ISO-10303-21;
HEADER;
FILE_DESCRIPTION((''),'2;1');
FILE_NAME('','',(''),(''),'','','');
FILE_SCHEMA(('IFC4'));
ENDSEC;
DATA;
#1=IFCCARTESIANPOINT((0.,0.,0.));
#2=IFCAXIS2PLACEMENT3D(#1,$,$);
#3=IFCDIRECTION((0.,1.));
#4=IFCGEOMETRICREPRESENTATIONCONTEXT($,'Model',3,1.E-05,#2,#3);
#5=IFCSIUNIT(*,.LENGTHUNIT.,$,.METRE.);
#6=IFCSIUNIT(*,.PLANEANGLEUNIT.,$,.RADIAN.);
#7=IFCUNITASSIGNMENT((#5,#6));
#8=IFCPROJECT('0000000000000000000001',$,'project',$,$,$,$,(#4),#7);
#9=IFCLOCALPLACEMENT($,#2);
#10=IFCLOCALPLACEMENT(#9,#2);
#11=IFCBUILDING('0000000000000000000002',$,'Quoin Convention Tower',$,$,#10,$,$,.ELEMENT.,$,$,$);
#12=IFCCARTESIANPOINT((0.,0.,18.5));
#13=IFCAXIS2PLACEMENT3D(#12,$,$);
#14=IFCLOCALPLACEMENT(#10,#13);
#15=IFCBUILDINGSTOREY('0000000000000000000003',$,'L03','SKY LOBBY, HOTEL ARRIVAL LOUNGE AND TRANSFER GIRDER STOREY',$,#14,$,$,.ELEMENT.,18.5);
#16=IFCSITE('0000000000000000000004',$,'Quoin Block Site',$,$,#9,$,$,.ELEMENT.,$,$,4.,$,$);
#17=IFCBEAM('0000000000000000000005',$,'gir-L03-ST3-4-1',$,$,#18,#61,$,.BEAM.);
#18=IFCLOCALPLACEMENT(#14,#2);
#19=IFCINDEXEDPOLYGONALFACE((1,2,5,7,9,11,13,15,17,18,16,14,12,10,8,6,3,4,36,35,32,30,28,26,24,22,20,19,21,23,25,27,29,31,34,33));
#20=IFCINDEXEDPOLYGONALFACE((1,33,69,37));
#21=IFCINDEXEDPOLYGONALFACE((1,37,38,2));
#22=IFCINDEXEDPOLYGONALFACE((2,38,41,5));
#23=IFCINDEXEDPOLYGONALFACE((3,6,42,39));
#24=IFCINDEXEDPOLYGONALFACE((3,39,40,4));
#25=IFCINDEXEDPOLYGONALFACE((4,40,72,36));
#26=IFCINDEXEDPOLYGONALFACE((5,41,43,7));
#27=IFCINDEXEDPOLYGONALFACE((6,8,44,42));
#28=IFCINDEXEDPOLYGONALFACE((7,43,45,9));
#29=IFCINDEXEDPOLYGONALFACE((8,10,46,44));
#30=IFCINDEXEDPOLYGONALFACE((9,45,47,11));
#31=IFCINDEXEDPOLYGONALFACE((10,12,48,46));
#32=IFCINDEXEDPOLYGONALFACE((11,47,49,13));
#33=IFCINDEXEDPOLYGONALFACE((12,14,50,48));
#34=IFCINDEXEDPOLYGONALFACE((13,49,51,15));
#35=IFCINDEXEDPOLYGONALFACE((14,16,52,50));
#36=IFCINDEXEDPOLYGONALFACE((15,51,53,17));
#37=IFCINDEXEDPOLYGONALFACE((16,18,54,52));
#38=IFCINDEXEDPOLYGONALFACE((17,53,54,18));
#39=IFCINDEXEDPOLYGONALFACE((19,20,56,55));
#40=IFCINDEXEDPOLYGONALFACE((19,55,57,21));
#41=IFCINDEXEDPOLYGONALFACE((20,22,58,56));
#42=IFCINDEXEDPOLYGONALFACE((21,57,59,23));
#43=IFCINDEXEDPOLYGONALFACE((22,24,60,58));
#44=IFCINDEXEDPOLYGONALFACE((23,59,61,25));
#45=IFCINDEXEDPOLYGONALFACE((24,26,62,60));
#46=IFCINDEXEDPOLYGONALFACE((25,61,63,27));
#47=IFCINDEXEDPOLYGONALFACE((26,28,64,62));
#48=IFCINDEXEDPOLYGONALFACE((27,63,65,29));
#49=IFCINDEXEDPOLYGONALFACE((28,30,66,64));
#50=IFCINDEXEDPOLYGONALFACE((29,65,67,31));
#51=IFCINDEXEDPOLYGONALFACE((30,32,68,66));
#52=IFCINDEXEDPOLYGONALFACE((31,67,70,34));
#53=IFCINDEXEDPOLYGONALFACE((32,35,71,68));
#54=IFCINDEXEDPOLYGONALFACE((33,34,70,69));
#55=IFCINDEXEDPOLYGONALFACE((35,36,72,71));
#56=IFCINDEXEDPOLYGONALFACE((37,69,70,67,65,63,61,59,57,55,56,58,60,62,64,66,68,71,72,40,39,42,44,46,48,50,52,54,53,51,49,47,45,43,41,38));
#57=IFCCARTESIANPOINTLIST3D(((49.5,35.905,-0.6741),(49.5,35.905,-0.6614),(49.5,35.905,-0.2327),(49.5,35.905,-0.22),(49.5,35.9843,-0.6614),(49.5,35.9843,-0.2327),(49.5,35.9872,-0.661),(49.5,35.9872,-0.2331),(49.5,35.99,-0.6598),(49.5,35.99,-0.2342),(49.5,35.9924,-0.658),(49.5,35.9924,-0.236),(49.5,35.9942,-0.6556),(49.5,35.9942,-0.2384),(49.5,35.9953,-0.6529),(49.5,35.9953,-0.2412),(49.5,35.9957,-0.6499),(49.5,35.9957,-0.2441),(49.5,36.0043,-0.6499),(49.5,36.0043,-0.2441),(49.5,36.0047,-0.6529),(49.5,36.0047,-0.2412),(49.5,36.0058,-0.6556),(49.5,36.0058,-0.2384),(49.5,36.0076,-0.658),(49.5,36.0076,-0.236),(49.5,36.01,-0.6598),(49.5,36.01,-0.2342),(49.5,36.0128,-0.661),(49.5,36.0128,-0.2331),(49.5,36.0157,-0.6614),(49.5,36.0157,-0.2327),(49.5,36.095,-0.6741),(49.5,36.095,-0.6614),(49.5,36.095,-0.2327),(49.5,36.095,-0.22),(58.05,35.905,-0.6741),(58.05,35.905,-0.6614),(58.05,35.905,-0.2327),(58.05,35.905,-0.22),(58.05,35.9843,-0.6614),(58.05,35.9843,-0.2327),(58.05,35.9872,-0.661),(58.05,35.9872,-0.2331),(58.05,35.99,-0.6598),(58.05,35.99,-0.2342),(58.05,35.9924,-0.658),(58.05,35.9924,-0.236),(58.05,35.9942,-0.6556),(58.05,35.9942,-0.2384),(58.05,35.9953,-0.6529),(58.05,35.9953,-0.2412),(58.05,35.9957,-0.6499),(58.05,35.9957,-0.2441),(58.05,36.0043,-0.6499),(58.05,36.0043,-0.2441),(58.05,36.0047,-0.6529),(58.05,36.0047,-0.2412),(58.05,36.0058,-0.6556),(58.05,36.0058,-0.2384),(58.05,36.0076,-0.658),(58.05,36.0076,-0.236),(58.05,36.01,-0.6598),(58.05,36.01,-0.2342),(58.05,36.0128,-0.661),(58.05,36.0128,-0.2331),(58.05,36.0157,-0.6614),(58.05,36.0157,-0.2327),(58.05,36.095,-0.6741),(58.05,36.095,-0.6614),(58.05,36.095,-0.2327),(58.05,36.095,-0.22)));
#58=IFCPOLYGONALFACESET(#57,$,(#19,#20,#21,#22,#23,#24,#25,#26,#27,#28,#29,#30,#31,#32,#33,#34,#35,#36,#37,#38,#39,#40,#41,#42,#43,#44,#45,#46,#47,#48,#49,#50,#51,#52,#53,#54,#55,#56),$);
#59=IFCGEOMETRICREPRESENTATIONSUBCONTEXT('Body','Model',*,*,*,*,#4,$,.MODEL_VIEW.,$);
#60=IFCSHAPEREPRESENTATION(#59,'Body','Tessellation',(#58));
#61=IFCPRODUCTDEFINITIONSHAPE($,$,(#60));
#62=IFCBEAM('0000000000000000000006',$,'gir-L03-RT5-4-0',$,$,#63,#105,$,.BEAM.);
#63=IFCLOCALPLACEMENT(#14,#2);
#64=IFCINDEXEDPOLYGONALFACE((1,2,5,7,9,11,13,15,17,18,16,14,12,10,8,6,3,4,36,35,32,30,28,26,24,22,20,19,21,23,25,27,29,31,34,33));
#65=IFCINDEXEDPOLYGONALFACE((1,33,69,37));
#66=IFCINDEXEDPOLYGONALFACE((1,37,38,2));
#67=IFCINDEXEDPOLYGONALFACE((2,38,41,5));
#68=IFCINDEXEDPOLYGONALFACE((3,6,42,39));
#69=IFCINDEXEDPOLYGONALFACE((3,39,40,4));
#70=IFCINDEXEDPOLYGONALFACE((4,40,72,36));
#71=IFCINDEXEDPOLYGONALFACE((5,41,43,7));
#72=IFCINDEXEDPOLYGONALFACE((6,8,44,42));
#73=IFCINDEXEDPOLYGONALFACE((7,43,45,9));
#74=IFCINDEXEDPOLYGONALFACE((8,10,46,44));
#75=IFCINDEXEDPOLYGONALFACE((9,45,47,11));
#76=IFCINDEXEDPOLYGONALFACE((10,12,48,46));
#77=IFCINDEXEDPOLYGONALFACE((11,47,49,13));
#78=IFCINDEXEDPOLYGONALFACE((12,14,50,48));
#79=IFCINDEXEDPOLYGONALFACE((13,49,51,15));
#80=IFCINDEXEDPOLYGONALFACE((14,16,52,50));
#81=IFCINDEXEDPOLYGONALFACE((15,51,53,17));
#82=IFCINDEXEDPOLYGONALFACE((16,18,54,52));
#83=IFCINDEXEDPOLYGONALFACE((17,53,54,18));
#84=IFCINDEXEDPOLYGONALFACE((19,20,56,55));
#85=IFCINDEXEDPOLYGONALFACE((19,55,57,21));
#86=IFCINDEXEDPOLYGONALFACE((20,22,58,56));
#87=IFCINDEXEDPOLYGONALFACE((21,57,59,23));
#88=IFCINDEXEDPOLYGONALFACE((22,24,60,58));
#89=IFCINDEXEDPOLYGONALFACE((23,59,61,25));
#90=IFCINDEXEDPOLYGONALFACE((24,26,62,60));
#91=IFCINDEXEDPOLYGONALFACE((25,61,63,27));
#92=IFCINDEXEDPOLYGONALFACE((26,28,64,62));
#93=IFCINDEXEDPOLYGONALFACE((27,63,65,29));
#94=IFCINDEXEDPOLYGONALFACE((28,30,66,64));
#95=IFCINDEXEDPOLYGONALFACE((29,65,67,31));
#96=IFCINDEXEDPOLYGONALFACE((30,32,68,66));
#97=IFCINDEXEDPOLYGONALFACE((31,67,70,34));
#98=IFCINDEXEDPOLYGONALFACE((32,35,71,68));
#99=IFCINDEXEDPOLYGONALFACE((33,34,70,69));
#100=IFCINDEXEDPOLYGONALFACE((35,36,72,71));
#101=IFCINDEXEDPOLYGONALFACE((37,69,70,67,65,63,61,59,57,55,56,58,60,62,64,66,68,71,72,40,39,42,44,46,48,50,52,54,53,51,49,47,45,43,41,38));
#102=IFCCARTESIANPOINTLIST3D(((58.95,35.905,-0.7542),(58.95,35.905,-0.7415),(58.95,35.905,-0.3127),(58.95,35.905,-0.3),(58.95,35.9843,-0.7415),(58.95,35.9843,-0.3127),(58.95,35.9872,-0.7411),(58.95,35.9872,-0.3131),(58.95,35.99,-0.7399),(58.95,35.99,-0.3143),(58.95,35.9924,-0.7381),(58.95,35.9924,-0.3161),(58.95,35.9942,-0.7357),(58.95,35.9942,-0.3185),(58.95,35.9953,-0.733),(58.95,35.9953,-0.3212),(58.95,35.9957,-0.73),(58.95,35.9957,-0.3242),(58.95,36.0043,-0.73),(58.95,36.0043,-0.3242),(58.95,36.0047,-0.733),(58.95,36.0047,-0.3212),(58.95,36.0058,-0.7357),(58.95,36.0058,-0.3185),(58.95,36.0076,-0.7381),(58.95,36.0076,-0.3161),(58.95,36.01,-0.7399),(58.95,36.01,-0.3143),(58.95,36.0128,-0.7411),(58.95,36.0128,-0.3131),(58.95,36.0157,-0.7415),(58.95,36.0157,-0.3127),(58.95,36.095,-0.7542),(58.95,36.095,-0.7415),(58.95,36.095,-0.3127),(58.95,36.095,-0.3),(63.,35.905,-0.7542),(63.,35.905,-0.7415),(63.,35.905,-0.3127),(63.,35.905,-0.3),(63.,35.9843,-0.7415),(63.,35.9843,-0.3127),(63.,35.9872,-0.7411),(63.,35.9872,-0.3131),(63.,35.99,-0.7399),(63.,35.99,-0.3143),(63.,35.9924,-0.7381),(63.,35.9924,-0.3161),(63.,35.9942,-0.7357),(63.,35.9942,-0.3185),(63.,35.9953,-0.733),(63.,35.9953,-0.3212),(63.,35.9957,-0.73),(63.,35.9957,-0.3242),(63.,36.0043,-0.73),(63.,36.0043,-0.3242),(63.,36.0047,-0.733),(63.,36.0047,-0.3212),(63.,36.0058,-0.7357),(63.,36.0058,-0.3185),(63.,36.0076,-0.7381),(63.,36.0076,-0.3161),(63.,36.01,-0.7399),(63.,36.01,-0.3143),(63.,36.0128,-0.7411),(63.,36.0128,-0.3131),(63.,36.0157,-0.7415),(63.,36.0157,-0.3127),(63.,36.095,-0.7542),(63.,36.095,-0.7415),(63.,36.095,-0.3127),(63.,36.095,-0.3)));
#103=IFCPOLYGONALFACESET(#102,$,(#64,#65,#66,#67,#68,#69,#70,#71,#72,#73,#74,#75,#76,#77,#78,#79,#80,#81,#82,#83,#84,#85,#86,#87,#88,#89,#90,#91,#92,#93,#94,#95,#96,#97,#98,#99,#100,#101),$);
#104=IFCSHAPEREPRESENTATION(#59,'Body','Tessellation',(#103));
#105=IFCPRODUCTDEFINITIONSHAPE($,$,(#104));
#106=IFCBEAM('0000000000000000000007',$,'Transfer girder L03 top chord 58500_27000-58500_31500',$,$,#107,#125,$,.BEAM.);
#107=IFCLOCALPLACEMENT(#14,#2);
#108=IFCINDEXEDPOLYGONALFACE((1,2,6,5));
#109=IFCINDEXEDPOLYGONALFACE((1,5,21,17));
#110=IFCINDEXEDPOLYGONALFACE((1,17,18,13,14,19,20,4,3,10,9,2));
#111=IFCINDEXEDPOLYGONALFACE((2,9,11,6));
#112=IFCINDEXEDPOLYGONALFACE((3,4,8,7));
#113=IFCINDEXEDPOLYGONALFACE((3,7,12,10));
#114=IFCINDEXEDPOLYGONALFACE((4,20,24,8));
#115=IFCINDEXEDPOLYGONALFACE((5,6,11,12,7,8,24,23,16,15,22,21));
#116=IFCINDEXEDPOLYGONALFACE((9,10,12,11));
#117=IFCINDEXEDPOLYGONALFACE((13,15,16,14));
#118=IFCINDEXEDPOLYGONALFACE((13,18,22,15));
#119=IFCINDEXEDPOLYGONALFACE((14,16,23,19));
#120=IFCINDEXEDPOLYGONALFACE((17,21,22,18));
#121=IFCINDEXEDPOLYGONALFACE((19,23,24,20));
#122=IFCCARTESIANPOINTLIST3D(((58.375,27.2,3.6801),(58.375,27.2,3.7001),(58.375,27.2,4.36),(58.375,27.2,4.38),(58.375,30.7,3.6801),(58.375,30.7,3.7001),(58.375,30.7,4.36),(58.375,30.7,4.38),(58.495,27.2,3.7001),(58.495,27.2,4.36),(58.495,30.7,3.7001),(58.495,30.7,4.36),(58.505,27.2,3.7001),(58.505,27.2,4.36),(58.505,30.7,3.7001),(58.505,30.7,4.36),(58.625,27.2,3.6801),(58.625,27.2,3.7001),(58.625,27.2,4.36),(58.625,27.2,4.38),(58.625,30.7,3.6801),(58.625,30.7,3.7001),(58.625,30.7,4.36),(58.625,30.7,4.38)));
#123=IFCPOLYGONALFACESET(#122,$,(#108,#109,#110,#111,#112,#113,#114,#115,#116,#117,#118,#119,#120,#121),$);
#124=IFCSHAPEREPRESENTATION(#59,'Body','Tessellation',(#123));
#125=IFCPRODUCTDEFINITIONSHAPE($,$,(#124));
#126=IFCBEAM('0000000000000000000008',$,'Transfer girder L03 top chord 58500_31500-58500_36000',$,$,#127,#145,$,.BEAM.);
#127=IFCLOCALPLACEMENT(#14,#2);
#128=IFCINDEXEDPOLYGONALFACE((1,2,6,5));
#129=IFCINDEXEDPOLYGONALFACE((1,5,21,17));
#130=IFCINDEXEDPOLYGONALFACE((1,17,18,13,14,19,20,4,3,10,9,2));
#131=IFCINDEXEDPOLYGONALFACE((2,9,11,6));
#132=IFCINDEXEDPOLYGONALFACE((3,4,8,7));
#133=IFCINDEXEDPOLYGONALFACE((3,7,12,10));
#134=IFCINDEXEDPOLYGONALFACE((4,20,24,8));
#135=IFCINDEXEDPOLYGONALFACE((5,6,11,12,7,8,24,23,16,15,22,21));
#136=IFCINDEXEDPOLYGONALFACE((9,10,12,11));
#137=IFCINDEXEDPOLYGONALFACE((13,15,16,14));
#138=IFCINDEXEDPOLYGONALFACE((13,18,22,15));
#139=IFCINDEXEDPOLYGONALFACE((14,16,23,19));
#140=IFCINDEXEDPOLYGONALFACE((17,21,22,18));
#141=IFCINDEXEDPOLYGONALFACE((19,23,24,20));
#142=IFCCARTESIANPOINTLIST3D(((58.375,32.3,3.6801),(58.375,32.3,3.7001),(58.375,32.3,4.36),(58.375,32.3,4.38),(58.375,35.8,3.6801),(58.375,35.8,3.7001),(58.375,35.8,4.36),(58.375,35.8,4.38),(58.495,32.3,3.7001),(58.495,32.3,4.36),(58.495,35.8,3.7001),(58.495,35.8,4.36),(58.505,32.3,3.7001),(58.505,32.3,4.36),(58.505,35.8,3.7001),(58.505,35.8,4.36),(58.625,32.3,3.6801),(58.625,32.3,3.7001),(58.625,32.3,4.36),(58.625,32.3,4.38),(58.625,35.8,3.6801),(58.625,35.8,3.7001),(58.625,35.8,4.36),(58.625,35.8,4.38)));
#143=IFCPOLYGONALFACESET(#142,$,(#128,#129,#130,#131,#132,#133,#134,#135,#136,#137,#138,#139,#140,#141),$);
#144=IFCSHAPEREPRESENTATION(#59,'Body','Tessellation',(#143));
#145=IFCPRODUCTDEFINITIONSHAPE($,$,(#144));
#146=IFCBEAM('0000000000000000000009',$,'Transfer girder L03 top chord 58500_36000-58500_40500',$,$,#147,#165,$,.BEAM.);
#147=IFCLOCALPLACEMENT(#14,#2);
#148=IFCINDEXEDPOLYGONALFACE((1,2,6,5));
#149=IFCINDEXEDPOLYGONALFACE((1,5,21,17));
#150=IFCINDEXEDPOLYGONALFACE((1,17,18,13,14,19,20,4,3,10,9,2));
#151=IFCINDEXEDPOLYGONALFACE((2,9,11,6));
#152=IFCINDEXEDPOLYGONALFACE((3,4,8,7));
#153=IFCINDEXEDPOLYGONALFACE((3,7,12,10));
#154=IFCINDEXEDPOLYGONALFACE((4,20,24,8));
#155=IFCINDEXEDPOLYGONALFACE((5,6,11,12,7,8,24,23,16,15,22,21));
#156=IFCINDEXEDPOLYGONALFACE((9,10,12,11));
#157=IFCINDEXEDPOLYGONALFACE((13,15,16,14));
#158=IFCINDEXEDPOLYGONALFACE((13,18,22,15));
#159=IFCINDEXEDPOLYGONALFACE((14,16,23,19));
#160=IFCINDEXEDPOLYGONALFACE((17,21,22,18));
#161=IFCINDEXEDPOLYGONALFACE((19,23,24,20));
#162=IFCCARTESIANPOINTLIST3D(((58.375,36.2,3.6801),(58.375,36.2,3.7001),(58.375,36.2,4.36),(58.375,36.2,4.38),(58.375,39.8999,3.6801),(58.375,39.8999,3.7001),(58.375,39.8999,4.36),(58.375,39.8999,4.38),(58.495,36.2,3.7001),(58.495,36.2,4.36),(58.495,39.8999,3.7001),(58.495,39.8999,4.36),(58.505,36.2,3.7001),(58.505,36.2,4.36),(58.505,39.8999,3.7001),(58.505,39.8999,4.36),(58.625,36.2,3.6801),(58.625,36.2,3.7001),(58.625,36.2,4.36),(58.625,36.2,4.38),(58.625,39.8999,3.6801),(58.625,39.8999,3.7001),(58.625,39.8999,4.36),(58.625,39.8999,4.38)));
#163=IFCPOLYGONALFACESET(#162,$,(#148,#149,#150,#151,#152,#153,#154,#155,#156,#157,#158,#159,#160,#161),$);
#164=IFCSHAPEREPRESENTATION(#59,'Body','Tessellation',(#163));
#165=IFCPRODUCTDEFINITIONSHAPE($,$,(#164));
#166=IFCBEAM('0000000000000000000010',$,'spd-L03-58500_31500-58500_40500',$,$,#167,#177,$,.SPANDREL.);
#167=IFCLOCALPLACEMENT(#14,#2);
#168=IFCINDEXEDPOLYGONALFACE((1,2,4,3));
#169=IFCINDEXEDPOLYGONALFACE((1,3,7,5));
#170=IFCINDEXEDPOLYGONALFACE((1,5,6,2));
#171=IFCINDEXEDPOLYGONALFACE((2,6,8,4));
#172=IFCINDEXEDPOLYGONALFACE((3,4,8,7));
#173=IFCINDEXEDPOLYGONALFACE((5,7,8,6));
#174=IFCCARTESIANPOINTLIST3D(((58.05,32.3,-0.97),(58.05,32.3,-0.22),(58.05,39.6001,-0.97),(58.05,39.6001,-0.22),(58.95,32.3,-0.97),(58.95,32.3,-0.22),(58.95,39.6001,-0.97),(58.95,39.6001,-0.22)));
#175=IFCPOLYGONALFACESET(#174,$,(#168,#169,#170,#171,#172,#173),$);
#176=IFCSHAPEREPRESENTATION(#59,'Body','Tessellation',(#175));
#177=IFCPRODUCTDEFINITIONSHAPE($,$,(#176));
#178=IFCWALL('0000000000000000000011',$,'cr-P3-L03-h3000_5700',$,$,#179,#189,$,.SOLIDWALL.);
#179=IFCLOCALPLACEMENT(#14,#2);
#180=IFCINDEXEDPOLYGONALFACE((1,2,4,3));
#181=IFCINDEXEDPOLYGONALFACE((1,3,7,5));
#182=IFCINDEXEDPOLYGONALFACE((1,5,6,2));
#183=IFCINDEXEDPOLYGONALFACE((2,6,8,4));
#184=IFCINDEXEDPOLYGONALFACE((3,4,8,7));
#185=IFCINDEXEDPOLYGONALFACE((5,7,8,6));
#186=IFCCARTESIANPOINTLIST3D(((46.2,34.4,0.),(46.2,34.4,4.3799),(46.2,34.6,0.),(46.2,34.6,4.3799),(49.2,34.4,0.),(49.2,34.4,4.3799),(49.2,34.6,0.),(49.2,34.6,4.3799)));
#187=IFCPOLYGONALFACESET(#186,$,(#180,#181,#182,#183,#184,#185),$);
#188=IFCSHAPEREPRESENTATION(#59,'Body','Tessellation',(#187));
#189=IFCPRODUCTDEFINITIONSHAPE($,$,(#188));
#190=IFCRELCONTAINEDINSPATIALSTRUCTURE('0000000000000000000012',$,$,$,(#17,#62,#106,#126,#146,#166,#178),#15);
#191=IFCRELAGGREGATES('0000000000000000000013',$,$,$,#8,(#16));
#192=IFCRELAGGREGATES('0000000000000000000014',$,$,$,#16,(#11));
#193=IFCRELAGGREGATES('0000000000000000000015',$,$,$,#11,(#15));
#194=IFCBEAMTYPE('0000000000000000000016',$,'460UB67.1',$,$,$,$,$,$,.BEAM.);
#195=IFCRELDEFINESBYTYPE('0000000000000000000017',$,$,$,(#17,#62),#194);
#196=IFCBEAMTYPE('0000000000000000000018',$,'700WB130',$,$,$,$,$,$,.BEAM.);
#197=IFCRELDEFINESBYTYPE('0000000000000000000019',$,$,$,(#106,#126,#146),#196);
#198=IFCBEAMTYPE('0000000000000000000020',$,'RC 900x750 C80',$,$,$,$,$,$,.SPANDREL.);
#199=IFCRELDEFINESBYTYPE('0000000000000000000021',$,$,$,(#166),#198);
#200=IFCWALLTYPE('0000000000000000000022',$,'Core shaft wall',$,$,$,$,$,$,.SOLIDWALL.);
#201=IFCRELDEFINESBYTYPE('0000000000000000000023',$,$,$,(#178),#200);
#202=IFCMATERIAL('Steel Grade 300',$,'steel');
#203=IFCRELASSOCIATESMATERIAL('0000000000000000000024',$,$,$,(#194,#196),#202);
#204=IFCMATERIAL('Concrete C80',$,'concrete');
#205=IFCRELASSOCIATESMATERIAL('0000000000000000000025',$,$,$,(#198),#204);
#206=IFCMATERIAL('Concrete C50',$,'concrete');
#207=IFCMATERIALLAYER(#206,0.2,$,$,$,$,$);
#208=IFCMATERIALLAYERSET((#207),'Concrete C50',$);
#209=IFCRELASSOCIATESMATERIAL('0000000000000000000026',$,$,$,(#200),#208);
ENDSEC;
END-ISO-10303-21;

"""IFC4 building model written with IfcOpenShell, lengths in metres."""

from ifc_helpers import new_model, si_unit, direction, frame, frame_2d, origin, origin_2d, place, context, subcontext, project, spatial, rectangle, i_section, extrude, material, layer, layer_set, material_profile, profile_set, type_object, element, save


model = new_model("IFC4")

# Units and contexts
model_context = context("Model", 3, precision=1e-05, world=origin(), true_north=direction((0.0, 1.0)))
body_context = subcontext(model_context, "Body", "Model", "MODEL_VIEW")
ifc_project = project(units=[si_unit("LENGTHUNIT", "METRE"), si_unit("PLANEANGLEUNIT", "RADIAN")], contexts=[model_context])

# Site, building, storey
site_placement = place(None, origin())
site = spatial("IfcSite", under=ifc_project, at=site_placement, Name="Quoin Block Site", CompositionType="ELEMENT", RefElevation=4.0)
building_placement = place(site_placement, origin())
building = spatial("IfcBuilding", under=site, at=building_placement, Name="Quoin Convention Tower", CompositionType="ELEMENT")
storey_placement = place(building_placement, frame((0.0, 0.0, 18.5)))
storey = spatial("IfcBuildingStorey", under=building, at=storey_placement, Name="L03", Description="SKY LOBBY, HOTEL ARRIVAL LOUNGE AND TRANSFER GIRDER STOREY", CompositionType="ELEMENT", Elevation=18.5)

# Shared definitions
ifc_material_1 = material(Name="Concrete C80", Category="concrete")

# Shared definitions
ifc_material_2 = material(Name="Steel Grade 300", Category="steel")

# Beams
ifc_material_profile_1 = material_profile(ifc_material_2, i_section(OverallWidth=0.1899, OverallDepth=0.4541, WebThickness=0.0085, FlangeThickness=0.0127, FilletRadius=0.0115, at=origin_2d()), Name="460UB67.1")
ifc_profile_set_1 = profile_set([ifc_material_profile_1], Name="Steel Grade 300")
beam_type_1 = type_object("IfcBeamType", Name="460UB67.1", PredefinedType="BEAM", material=ifc_profile_set_1)
beam_1_placement = place(storey_placement, frame((49.5, 36.0, -0.447), z_axis=(1.0, 0.0, 0.0), x_axis=(0.0, 1.0, 0.0)))
element("IfcBeam", 1, at=beam_1_placement, inside=storey, type_object=beam_type_1, Name="gir-L03-ST3-4-1", PredefinedType="BEAM", context=body_context, shape_type="SweptSolid", body=[
    extrude(i_section(OverallWidth=0.1899, OverallDepth=0.4541, WebThickness=0.0085, FlangeThickness=0.0127, FilletRadius=0.0115, at=origin_2d()), origin(), (0.0, 0.0, 1.0), 8.55),
])
beam_2_placement = place(storey_placement, frame((58.95, 36.0, -0.5271), z_axis=(1.0, 0.0, 0.0), x_axis=(0.0, 1.0, 0.0)))
element("IfcBeam", 2, at=beam_2_placement, inside=storey, type_object=beam_type_1, Name="gir-L03-RT5-4-0", PredefinedType="BEAM", context=body_context, shape_type="SweptSolid", body=[
    extrude(i_section(OverallWidth=0.1899, OverallDepth=0.4541, WebThickness=0.0085, FlangeThickness=0.0127, FilletRadius=0.0115, at=origin_2d()), origin(), (0.0, 0.0, 1.0), 4.05),
])
ifc_material_profile_2 = material_profile(ifc_material_2, i_section(OverallWidth=0.25, OverallDepth=0.7, WebThickness=0.01, FlangeThickness=0.02, at=origin_2d()), Name="700WB130")
ifc_profile_set_2 = profile_set([ifc_material_profile_2], Name="Steel Grade 300")
beam_type_2 = type_object("IfcBeamType", Name="700WB130", PredefinedType="BEAM", material=ifc_profile_set_2)
for number, where, z_axis, x_axis, name in (
    (3, (58.5, 27.2, 4.03), (0.0, 1.0, 0.0), (-1.0, 0.0, 0.0), "Transfer girder L03 top chord 58500_27000-58500_31500"),
    (4, (58.5, 32.3, 4.03), (0.0, 1.0, 0.0), (-1.0, 0.0, 0.0), "Transfer girder L03 top chord 58500_31500-58500_36000"),
):
    element("IfcBeam", number, at=place(storey_placement, frame(where, z_axis=z_axis, x_axis=x_axis)), inside=storey, type_object=beam_type_2, Name=name, PredefinedType="BEAM", context=body_context, shape_type="SweptSolid", body=[
        extrude(i_section(OverallWidth=0.25, OverallDepth=0.7, WebThickness=0.01, FlangeThickness=0.02, at=origin_2d()), origin(), (0.0, 0.0, 1.0), 3.5),
    ])
beam_3_placement = place(storey_placement, frame((58.5, 36.2, 4.03), z_axis=(0.0, 1.0, 0.0), x_axis=(-1.0, 0.0, 0.0)))
element("IfcBeam", 5, at=beam_3_placement, inside=storey, type_object=beam_type_2, Name="Transfer girder L03 top chord 58500_36000-58500_40500", PredefinedType="BEAM", context=body_context, shape_type="SweptSolid", body=[
    extrude(i_section(OverallWidth=0.25, OverallDepth=0.7, WebThickness=0.01, FlangeThickness=0.02, at=origin_2d()), origin(), (0.0, 0.0, 1.0), 3.7),
])
ifc_material_profile_3 = material_profile(ifc_material_1, rectangle(XDim=0.8999, YDim=0.75, at=origin_2d()), Name="RC 900x750")
ifc_profile_set_3 = profile_set([ifc_material_profile_3], Name="Concrete C80")
beam_type_3 = type_object("IfcBeamType", Name="RC 900x750 C80", PredefinedType="SPANDREL", material=ifc_profile_set_3)
beam_4_placement = place(storey_placement, frame((58.5, 32.3, -0.595), z_axis=(0.0, 1.0, 0.0), x_axis=(-1.0, 0.0, 0.0)))
element("IfcBeam", 6, at=beam_4_placement, inside=storey, type_object=beam_type_3, Name="spd-L03-58500_31500-58500_40500", PredefinedType="SPANDREL", context=body_context, shape_type="SweptSolid", body=[
    extrude(rectangle(XDim=0.8999, YDim=0.75, at=origin_2d()), origin(), (0.0, 0.0, 1.0), 7.3),
])

# Wall
ifc_material_3 = material(Name="Concrete C50", Category="concrete")
ifc_layer_1 = layer(ifc_material_3, 0.2)
ifc_layer_set_1 = layer_set([ifc_layer_1], Name="Concrete C50")
wall_type_1 = type_object("IfcWallType", Name="Core shaft wall", PredefinedType="SOLIDWALL", material=ifc_layer_set_1)
wall_1_placement = place(storey_placement, frame((46.2, 34.5, 0.0), z_axis=(0.0, 0.0, 1.0), x_axis=(1.0, 0.0, 0.0)))
element("IfcWall", 7, at=wall_1_placement, inside=storey, type_object=wall_type_1, Name="cr-P3-L03-h3000_5700", PredefinedType="SOLIDWALL", context=body_context, shape_type="SweptSolid", body=[
    extrude(rectangle(XDim=3.0, YDim=0.2, at=frame_2d((1.5, 0.0))), origin(), (0.0, 0.0, 1.0), 4.3799),
])

save(model, "model.ifc")
